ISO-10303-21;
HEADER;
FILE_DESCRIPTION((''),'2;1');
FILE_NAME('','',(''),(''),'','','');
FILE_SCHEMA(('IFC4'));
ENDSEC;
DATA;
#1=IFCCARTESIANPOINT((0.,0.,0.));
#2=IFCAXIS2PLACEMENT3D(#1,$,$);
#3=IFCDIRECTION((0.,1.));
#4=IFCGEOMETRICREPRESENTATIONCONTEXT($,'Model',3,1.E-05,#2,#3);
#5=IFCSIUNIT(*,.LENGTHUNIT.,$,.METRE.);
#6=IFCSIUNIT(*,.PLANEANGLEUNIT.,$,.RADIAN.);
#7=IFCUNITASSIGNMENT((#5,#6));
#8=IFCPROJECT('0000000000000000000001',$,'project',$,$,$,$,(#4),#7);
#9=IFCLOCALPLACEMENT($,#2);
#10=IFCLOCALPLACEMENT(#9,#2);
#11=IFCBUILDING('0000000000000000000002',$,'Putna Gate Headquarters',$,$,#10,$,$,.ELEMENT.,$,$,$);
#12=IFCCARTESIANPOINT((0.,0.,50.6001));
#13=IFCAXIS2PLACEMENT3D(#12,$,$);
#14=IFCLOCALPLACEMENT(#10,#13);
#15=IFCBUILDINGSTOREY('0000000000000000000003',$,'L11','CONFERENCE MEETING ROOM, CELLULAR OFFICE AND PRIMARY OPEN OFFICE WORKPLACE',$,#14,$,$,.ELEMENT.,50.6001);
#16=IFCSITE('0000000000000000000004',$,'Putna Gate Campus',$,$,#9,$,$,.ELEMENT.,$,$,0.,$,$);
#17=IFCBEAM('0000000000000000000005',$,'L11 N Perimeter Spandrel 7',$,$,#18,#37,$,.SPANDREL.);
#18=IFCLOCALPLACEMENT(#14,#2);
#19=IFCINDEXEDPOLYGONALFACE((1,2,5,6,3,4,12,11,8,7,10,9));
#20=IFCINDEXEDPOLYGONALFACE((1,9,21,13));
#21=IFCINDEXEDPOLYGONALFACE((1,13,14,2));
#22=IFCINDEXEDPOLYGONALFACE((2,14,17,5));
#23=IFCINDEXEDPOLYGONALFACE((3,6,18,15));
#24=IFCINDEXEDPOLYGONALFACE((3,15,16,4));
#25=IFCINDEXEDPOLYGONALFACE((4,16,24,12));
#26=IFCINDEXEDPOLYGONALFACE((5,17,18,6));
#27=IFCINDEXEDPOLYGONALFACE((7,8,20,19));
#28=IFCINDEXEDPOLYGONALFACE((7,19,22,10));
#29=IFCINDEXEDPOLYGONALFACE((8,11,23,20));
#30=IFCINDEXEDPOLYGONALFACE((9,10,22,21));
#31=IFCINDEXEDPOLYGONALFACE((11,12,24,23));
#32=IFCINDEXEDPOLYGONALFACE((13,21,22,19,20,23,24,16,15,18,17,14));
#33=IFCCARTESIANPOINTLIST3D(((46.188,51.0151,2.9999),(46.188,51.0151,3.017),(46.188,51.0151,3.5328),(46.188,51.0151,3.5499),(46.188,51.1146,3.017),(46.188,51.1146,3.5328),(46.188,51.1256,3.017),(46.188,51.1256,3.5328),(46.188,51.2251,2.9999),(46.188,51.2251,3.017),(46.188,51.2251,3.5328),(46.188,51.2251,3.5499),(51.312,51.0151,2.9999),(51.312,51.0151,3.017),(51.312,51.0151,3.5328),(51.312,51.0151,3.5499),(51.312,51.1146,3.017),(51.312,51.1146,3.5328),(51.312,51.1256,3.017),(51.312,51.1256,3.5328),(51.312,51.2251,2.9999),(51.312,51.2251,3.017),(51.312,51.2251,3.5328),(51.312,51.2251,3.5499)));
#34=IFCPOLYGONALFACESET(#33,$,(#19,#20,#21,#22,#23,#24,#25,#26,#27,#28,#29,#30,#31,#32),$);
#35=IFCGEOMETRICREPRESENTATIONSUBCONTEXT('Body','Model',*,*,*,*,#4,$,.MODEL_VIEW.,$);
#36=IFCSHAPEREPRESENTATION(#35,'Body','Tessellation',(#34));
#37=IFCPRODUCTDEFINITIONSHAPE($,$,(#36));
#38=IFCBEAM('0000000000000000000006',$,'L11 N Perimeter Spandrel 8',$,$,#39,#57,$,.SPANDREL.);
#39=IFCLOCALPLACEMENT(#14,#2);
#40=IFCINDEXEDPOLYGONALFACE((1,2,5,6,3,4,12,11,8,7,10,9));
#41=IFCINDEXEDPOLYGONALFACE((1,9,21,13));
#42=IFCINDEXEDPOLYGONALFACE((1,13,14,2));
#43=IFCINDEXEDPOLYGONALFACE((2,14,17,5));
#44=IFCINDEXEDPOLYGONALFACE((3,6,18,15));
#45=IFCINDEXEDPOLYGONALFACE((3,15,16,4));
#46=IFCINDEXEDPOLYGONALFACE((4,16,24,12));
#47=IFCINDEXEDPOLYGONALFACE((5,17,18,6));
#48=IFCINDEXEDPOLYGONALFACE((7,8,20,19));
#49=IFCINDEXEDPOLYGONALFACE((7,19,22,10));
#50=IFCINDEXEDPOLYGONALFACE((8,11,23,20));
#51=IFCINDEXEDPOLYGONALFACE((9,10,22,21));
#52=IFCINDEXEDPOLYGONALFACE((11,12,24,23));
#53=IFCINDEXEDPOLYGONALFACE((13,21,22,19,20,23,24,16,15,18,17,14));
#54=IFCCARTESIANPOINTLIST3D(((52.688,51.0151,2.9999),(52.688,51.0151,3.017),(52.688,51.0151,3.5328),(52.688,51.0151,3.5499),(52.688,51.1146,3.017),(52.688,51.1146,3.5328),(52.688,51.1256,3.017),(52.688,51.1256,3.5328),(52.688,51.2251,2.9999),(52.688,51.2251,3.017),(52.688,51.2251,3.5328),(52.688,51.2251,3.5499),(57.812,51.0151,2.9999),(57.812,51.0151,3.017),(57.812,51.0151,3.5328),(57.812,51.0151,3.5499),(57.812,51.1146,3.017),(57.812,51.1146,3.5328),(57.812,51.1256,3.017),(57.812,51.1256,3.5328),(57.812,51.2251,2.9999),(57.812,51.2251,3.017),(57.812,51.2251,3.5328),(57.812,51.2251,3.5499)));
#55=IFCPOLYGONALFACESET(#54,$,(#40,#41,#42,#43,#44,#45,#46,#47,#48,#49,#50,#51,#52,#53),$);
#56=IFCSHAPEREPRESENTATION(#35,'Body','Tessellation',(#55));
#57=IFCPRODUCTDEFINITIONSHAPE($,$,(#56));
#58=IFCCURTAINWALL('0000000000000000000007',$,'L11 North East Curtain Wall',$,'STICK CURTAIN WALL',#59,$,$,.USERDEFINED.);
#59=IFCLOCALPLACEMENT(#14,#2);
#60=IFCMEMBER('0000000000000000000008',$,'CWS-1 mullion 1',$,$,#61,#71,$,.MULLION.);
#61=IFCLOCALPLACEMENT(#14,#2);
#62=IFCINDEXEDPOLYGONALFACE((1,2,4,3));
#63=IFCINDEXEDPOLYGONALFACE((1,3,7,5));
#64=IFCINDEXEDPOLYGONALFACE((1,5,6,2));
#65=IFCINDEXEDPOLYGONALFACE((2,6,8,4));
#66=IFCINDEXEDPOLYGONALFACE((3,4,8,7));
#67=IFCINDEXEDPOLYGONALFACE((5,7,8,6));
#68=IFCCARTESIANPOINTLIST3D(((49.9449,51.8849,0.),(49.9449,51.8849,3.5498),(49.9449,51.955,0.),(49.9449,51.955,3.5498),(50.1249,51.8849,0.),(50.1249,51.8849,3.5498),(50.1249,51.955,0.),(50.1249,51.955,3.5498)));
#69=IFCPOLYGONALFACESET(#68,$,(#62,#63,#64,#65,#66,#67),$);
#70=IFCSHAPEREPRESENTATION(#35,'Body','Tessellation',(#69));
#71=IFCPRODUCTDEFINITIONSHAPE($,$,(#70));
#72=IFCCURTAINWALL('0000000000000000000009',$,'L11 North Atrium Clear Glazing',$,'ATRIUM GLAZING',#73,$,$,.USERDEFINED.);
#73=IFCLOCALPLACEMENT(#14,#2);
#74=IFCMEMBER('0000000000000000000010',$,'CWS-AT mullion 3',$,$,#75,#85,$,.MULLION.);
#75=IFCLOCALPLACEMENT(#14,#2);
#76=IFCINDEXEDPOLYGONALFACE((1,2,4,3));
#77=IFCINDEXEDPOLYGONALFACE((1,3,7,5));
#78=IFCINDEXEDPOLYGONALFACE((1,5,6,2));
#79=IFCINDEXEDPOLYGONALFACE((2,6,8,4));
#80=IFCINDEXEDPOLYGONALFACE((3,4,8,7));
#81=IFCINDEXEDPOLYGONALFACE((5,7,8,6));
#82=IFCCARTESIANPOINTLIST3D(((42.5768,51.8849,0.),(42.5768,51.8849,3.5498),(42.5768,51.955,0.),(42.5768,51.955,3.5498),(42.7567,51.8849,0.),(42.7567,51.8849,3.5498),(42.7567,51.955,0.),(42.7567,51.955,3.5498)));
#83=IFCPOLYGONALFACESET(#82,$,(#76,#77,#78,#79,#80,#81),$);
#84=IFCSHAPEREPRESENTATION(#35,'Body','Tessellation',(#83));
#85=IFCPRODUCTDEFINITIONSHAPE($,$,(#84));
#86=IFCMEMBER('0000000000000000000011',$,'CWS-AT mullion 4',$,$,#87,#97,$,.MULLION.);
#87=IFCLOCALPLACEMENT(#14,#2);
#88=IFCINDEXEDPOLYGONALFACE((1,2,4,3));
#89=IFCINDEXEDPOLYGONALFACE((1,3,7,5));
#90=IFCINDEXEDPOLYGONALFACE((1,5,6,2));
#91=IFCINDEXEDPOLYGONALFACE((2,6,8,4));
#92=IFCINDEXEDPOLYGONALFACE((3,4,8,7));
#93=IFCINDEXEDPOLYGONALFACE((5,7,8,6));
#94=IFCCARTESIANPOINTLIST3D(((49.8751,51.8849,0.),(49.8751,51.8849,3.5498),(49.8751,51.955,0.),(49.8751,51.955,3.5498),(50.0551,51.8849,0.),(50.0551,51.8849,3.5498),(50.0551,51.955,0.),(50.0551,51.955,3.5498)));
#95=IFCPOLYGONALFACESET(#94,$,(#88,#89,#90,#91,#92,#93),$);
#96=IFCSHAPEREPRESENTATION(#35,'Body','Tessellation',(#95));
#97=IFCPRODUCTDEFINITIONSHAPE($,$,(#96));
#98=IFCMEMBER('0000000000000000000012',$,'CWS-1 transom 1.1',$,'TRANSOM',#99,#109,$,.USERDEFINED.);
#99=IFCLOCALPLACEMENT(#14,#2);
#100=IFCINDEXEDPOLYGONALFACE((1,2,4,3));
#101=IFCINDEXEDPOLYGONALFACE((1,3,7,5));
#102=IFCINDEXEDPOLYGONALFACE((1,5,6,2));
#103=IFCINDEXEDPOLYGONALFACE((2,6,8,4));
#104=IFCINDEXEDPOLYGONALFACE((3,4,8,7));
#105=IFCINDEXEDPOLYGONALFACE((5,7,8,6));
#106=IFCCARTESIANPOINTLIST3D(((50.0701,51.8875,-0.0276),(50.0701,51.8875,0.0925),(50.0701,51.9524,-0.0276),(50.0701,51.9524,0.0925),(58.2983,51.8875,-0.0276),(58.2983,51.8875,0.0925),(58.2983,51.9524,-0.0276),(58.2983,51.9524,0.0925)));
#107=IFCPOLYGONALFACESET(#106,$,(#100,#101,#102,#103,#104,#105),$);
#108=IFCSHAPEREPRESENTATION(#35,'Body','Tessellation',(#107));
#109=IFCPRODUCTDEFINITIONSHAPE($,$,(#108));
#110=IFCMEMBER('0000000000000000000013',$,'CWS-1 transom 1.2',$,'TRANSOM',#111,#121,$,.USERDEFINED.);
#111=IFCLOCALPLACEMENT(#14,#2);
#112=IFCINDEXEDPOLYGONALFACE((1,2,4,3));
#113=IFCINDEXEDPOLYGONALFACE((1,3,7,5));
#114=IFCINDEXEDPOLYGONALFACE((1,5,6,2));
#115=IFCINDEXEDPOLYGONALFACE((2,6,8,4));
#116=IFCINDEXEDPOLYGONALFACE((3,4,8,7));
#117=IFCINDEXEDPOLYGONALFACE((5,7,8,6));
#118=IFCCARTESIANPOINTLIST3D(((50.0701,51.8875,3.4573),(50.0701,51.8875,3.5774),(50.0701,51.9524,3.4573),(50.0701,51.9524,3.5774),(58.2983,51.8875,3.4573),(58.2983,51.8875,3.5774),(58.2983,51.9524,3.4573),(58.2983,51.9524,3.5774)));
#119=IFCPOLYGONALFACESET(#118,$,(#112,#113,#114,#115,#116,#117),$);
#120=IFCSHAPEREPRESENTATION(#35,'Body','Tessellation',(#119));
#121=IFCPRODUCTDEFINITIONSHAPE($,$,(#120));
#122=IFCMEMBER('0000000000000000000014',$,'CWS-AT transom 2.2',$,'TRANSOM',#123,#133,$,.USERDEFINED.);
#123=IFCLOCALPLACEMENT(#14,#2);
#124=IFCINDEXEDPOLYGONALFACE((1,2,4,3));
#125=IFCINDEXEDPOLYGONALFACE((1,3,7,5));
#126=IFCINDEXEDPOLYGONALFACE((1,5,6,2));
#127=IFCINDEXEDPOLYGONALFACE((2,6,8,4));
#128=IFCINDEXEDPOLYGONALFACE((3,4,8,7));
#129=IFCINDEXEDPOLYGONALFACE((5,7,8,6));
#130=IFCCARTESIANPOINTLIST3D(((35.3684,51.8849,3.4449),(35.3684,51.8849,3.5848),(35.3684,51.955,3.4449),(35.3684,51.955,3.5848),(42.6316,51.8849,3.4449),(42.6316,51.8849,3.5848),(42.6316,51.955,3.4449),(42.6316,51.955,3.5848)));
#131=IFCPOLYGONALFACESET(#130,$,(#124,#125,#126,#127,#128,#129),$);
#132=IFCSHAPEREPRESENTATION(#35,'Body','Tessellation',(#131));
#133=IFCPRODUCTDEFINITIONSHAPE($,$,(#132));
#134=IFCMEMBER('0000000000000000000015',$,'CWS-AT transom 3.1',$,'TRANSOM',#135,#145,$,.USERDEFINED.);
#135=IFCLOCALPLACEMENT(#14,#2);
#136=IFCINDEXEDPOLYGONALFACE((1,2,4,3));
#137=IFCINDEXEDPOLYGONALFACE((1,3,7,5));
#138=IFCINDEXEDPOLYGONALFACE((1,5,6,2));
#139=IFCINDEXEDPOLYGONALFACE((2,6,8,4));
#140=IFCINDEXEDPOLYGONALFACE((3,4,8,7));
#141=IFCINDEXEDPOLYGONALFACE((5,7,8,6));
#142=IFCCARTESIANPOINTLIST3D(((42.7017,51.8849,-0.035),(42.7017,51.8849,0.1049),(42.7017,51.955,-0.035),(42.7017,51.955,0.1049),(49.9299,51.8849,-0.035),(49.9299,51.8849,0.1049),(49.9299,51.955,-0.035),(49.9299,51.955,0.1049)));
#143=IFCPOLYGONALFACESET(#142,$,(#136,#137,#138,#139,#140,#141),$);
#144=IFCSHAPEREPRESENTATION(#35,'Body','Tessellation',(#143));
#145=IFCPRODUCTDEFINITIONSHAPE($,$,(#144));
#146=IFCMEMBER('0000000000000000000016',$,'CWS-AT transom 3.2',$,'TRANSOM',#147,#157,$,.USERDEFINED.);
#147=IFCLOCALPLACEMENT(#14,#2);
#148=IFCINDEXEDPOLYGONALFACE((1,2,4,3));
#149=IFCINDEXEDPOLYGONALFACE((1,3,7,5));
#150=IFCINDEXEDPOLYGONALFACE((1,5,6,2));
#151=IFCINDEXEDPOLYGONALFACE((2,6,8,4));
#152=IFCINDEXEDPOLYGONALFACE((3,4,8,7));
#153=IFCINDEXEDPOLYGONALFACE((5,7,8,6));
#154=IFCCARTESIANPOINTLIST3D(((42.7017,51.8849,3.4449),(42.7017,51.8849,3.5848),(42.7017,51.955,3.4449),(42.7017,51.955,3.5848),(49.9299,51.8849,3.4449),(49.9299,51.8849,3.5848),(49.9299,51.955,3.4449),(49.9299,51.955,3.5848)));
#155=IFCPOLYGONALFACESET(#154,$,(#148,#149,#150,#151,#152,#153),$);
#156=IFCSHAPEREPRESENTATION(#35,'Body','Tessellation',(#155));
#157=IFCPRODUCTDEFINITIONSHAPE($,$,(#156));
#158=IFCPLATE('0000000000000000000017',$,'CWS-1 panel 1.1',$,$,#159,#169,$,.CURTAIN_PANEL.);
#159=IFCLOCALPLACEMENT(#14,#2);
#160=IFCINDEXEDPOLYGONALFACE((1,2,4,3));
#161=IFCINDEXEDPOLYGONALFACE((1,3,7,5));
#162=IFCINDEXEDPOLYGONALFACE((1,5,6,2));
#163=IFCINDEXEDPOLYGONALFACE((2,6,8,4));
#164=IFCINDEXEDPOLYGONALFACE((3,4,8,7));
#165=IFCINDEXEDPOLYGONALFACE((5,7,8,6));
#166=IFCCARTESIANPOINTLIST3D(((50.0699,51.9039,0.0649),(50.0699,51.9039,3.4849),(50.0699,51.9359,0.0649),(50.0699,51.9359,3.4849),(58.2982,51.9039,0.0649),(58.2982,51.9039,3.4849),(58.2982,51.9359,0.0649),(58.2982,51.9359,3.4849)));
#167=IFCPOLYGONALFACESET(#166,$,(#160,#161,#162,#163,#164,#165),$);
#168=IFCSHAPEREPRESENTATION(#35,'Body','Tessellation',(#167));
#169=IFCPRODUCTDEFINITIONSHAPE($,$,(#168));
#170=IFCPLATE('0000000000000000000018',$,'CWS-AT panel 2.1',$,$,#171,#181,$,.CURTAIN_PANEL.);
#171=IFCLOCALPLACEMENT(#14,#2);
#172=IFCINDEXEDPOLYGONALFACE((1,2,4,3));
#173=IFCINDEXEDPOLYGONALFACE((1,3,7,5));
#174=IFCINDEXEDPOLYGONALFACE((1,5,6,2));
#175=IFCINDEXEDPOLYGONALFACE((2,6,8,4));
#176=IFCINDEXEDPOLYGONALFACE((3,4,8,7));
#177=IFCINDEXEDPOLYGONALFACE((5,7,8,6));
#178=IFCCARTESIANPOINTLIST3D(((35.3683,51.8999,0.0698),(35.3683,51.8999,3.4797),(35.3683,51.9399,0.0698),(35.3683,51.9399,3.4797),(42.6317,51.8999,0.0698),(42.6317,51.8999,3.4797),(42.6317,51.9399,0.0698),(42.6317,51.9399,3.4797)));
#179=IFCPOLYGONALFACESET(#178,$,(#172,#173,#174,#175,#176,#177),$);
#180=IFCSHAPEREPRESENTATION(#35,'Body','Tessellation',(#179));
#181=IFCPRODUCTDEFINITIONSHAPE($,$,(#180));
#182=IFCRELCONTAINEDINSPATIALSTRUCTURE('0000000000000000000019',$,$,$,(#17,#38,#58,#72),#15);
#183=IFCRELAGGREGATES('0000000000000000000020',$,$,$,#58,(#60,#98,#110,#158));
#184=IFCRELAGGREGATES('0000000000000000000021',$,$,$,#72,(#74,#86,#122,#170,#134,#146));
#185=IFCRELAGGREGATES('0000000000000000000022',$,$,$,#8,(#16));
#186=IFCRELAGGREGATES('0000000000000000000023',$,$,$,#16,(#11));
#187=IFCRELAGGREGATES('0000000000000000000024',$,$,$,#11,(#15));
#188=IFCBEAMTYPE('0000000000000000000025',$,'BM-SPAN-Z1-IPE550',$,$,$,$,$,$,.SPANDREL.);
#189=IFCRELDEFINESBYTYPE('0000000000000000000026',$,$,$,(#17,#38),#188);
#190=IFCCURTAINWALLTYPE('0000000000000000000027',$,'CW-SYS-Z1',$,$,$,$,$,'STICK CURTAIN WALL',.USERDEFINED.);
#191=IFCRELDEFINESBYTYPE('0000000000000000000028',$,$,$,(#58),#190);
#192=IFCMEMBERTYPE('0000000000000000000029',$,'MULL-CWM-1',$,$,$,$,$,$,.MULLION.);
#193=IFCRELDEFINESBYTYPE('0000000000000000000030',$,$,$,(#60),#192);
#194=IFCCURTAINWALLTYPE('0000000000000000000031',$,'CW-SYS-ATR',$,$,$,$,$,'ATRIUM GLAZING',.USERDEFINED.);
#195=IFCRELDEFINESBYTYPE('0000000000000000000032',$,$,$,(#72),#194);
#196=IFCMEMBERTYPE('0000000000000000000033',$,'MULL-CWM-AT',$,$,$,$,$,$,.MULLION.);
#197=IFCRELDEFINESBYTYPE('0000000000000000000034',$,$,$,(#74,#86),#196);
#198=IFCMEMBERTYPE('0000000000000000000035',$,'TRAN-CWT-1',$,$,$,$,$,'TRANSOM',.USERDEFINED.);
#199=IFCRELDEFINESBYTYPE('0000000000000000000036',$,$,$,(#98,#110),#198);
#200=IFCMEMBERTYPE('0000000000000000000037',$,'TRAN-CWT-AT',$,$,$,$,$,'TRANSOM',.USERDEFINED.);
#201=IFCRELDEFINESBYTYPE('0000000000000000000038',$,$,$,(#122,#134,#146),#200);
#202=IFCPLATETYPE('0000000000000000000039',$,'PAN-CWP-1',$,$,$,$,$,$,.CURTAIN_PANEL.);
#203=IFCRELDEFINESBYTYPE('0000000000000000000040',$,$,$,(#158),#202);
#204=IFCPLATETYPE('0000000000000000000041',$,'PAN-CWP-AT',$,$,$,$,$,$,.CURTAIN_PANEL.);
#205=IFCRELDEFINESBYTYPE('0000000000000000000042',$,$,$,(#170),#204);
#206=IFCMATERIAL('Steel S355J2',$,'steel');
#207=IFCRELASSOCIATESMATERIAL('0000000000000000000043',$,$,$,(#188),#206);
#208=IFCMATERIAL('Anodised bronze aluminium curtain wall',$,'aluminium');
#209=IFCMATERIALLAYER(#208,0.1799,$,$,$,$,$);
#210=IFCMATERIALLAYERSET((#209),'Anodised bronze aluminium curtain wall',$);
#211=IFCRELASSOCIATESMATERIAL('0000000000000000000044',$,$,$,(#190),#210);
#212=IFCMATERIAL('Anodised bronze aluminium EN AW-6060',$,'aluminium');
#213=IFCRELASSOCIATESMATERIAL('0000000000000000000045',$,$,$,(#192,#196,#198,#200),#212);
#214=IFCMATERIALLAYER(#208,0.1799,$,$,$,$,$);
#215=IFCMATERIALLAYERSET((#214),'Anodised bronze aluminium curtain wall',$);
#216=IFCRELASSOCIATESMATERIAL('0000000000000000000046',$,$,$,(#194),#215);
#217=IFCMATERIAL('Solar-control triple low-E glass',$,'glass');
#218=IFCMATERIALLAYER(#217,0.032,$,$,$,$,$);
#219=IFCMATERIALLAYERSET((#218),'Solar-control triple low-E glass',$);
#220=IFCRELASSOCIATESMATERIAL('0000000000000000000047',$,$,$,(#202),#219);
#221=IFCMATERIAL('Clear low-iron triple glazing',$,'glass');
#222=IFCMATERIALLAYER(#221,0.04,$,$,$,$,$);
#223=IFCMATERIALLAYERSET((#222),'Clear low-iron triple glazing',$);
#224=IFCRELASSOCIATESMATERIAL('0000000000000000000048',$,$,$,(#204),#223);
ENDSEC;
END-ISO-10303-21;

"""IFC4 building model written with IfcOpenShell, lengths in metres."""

from ifc_helpers import new_model, si_unit, direction, frame, origin, origin_2d, place, context, subcontext, project, spatial, rectangle, i_section, extrude, material, layer, layer_set, material_profile, profile_set, type_object, element, aggregate, save


model = new_model("IFC4")

# Units and contexts
model_context = context("Model", 3, precision=1e-05, world=origin(), true_north=direction((0.0, 1.0)))
body_context = subcontext(model_context, "Body", "Model", "MODEL_VIEW")
ifc_project = project(units=[si_unit("LENGTHUNIT", "METRE"), si_unit("PLANEANGLEUNIT", "RADIAN")], contexts=[model_context])

# Site, building, storey
site_placement = place(None, origin())
site = spatial("IfcSite", under=ifc_project, at=site_placement, Name="Putna Gate Campus", CompositionType="ELEMENT", RefElevation=0.0)
building_placement = place(site_placement, origin())
building = spatial("IfcBuilding", under=site, at=building_placement, Name="Putna Gate Headquarters", CompositionType="ELEMENT")
storey_placement = place(building_placement, frame((0.0, 0.0, 50.6001)))
storey = spatial("IfcBuildingStorey", under=building, at=storey_placement, Name="L11", Description="CONFERENCE MEETING ROOM, CELLULAR OFFICE AND PRIMARY OPEN OFFICE WORKPLACE", CompositionType="ELEMENT", Elevation=50.6001)

# Beams
ifc_material_1 = material(Name="Steel S355J2", Category="steel")
ifc_material_profile_1 = material_profile(ifc_material_1, i_section(OverallWidth=0.21, OverallDepth=0.55, WebThickness=0.011, FlangeThickness=0.0171, at=origin_2d()), Name="Steel S355J2")
ifc_profile_set_1 = profile_set([ifc_material_profile_1], Name="Steel S355J2")
beam_type_1 = type_object("IfcBeamType", Name="BM-SPAN-Z1-IPE550", PredefinedType="SPANDREL", material=ifc_profile_set_1)
for number, where, z_axis, x_axis, name in (
    (1, (46.188, 51.1201, 3.2749), (1.0, 0.0, 0.0), (0.0, 1.0, 0.0), "L11 N Perimeter Spandrel 7"),
    (2, (52.688, 51.1201, 3.2749), (1.0, 0.0, 0.0), (0.0, 1.0, 0.0), "L11 N Perimeter Spandrel 8"),
):
    element("IfcBeam", number, at=place(storey_placement, frame(where, z_axis=z_axis, x_axis=x_axis)), inside=storey, type_object=beam_type_1, Name=name, PredefinedType="SPANDREL", context=body_context, shape_type="SweptSolid", body=[
        extrude(i_section(OverallWidth=0.21, OverallDepth=0.55, WebThickness=0.011, FlangeThickness=0.0171, at=origin_2d()), origin(), (0.0, 0.0, 1.0), 5.124),
    ])

# Curtain wall, member
ifc_material_2 = material(Name="Anodised bronze aluminium curtain wall", Category="aluminium")
ifc_layer_1 = layer(ifc_material_2, 0.1799)
ifc_layer_set_1 = layer_set([ifc_layer_1], Name="Anodised bronze aluminium curtain wall")
curtain_wall_type_1 = type_object("IfcCurtainWallType", Name="CW-SYS-Z1", ElementType="STICK CURTAIN WALL", PredefinedType="USERDEFINED", material=ifc_layer_set_1)
curtain_wall_1_placement = place(storey_placement, origin())
curtain_wall_1 = element("IfcCurtainWall", 3, at=curtain_wall_1_placement, inside=storey, type_object=curtain_wall_type_1, Name="L11 North East Curtain Wall", ObjectType="STICK CURTAIN WALL", PredefinedType="USERDEFINED")
ifc_material_3 = material(Name="Anodised bronze aluminium EN AW-6060", Category="aluminium")
ifc_material_profile_2 = material_profile(ifc_material_3, rectangle(XDim=0.0701, YDim=0.1799, at=origin_2d()), Name="Anodised bronze aluminium EN AW-6060")
ifc_profile_set_2 = profile_set([ifc_material_profile_2], Name="Anodised bronze aluminium EN AW-6060")
member_type_1 = type_object("IfcMemberType", Name="MULL-CWM-1", PredefinedType="MULLION", material=ifc_profile_set_2)
member_1_placement = place(storey_placement, frame((50.0349, 51.9199, 0.0), z_axis=(0.0, 0.0, 1.0), x_axis=(0.0, 1.0, 0.0)))
member_1 = element("IfcMember", 4, at=member_1_placement, type_object=member_type_1, Name="CWS-1 mullion 1", PredefinedType="MULLION", context=body_context, shape_type="SweptSolid", body=[
    extrude(rectangle(XDim=0.0701, YDim=0.1799, at=origin_2d()), origin(), (0.0, 0.0, 1.0), 3.5498),
])

# Curtain wall, members
ifc_layer_2 = layer(ifc_material_2, 0.1799)
ifc_layer_set_2 = layer_set([ifc_layer_2], Name="Anodised bronze aluminium curtain wall")
curtain_wall_type_2 = type_object("IfcCurtainWallType", Name="CW-SYS-ATR", ElementType="ATRIUM GLAZING", PredefinedType="USERDEFINED", material=ifc_layer_set_2)
curtain_wall_2_placement = place(storey_placement, origin())
curtain_wall_2 = element("IfcCurtainWall", 5, at=curtain_wall_2_placement, inside=storey, type_object=curtain_wall_type_2, Name="L11 North Atrium Clear Glazing", ObjectType="ATRIUM GLAZING", PredefinedType="USERDEFINED")
ifc_material_profile_3 = material_profile(ifc_material_3, rectangle(XDim=0.0701, YDim=0.1799, at=origin_2d()), Name="Anodised bronze aluminium EN AW-6060")
ifc_profile_set_3 = profile_set([ifc_material_profile_3], Name="Anodised bronze aluminium EN AW-6060")
member_type_2 = type_object("IfcMemberType", Name="MULL-CWM-AT", PredefinedType="MULLION", material=ifc_profile_set_3)
member_2_placement = place(storey_placement, frame((42.6667, 51.9199, 0.0), z_axis=(0.0, 0.0, 1.0), x_axis=(0.0, 1.0, 0.0)))
member_2 = element("IfcMember", 6, at=member_2_placement, type_object=member_type_2, Name="CWS-AT mullion 3", PredefinedType="MULLION", context=body_context, shape_type="SweptSolid", body=[
    extrude(rectangle(XDim=0.0701, YDim=0.1799, at=origin_2d()), origin(), (0.0, 0.0, 1.0), 3.5498),
])
member_3_placement = place(storey_placement, frame((49.9651, 51.9199, 0.0), z_axis=(0.0, 0.0, 1.0), x_axis=(0.0, 1.0, 0.0)))
member_3 = element("IfcMember", 7, at=member_3_placement, type_object=member_type_2, Name="CWS-AT mullion 4", PredefinedType="MULLION", context=body_context, shape_type="SweptSolid", body=[
    extrude(rectangle(XDim=0.0701, YDim=0.1799, at=origin_2d()), origin(), (0.0, 0.0, 1.0), 3.5498),
])

# Members
ifc_material_profile_4 = material_profile(ifc_material_3, rectangle(XDim=0.0649, YDim=0.1201, at=origin_2d()), Name="Anodised bronze aluminium EN AW-6060")
ifc_profile_set_4 = profile_set([ifc_material_profile_4], Name="Anodised bronze aluminium EN AW-6060")
member_type_3 = type_object("IfcMemberType", Name="TRAN-CWT-1", ElementType="TRANSOM", PredefinedType="USERDEFINED", material=ifc_profile_set_4)
member_4_placement = place(storey_placement, frame((50.0701, 51.9199, 0.0325), z_axis=(1.0, 0.0, 0.0), x_axis=(0.0, 1.0, 0.0)))
member_4 = element("IfcMember", 8, at=member_4_placement, type_object=member_type_3, Name="CWS-1 transom 1.1", ObjectType="TRANSOM", PredefinedType="USERDEFINED", context=body_context, shape_type="SweptSolid", body=[
    extrude(rectangle(XDim=0.0649, YDim=0.1201, at=origin_2d()), origin(), (0.0, 0.0, 1.0), 8.2283),
])
member_5_placement = place(storey_placement, frame((50.0701, 51.9199, 3.5173), z_axis=(1.0, 0.0, 0.0), x_axis=(0.0, 1.0, 0.0)))
member_5 = element("IfcMember", 9, at=member_5_placement, type_object=member_type_3, Name="CWS-1 transom 1.2", ObjectType="TRANSOM", PredefinedType="USERDEFINED", context=body_context, shape_type="SweptSolid", body=[
    extrude(rectangle(XDim=0.0649, YDim=0.1201, at=origin_2d()), origin(), (0.0, 0.0, 1.0), 8.2283),
])
ifc_material_profile_5 = material_profile(ifc_material_3, rectangle(XDim=0.0701, YDim=0.1399, at=origin_2d()), Name="Anodised bronze aluminium EN AW-6060")
ifc_profile_set_5 = profile_set([ifc_material_profile_5], Name="Anodised bronze aluminium EN AW-6060")
member_type_4 = type_object("IfcMemberType", Name="TRAN-CWT-AT", ElementType="TRANSOM", PredefinedType="USERDEFINED", material=ifc_profile_set_5)
member_6_placement = place(storey_placement, frame((35.3684, 51.9199, 3.5149), z_axis=(1.0, 0.0, 0.0), x_axis=(0.0, 1.0, 0.0)))
member_6 = element("IfcMember", 10, at=member_6_placement, type_object=member_type_4, Name="CWS-AT transom 2.2", ObjectType="TRANSOM", PredefinedType="USERDEFINED", context=body_context, shape_type="SweptSolid", body=[
    extrude(rectangle(XDim=0.0701, YDim=0.1399, at=origin_2d()), origin(), (0.0, 0.0, 1.0), 7.2632),
])
member_7_placement = place(storey_placement, frame((42.7017, 51.9199, 0.0349), z_axis=(1.0, 0.0, 0.0), x_axis=(0.0, 1.0, 0.0)))
member_7 = element("IfcMember", 11, at=member_7_placement, type_object=member_type_4, Name="CWS-AT transom 3.1", ObjectType="TRANSOM", PredefinedType="USERDEFINED", context=body_context, shape_type="SweptSolid", body=[
    extrude(rectangle(XDim=0.0701, YDim=0.1399, at=origin_2d()), origin(), (0.0, 0.0, 1.0), 7.2283),
])
member_8_placement = place(storey_placement, frame((42.7017, 51.9199, 3.5149), z_axis=(1.0, 0.0, 0.0), x_axis=(0.0, 1.0, 0.0)))
member_8 = element("IfcMember", 12, at=member_8_placement, type_object=member_type_4, Name="CWS-AT transom 3.2", ObjectType="TRANSOM", PredefinedType="USERDEFINED", context=body_context, shape_type="SweptSolid", body=[
    extrude(rectangle(XDim=0.0701, YDim=0.1399, at=origin_2d()), origin(), (0.0, 0.0, 1.0), 7.2283),
])

# Plates
ifc_material_4 = material(Name="Solar-control triple low-E glass", Category="glass")
ifc_layer_3 = layer(ifc_material_4, 0.032)
ifc_layer_set_3 = layer_set([ifc_layer_3], Name="Solar-control triple low-E glass")
plate_type_1 = type_object("IfcPlateType", Name="PAN-CWP-1", PredefinedType="CURTAIN_PANEL", material=ifc_layer_set_3)
plate_1_placement = place(storey_placement, frame((54.1841, 51.9199, 0.0649), z_axis=(0.0, 0.0, 1.0), x_axis=(1.0, 0.0, 0.0)))
plate_1 = element("IfcPlate", 13, at=plate_1_placement, type_object=plate_type_1, Name="CWS-1 panel 1.1", PredefinedType="CURTAIN_PANEL", context=body_context, shape_type="SweptSolid", body=[
    extrude(rectangle(XDim=8.2283, YDim=0.032, at=origin_2d()), origin(), (0.0, 0.0, 1.0), 3.4199),
])
aggregate(curtain_wall_1, [member_1, member_4, member_5, plate_1])
ifc_material_5 = material(Name="Clear low-iron triple glazing", Category="glass")
ifc_layer_4 = layer(ifc_material_5, 0.04)
ifc_layer_set_4 = layer_set([ifc_layer_4], Name="Clear low-iron triple glazing")
plate_type_2 = type_object("IfcPlateType", Name="PAN-CWP-AT", PredefinedType="CURTAIN_PANEL", material=ifc_layer_set_4)
plate_2_placement = place(storey_placement, frame((39.0, 51.9199, 0.0698), z_axis=(0.0, 0.0, 1.0), x_axis=(1.0, 0.0, 0.0)))
plate_2 = element("IfcPlate", 14, at=plate_2_placement, type_object=plate_type_2, Name="CWS-AT panel 2.1", PredefinedType="CURTAIN_PANEL", context=body_context, shape_type="SweptSolid", body=[
    extrude(rectangle(XDim=7.2634, YDim=0.04, at=origin_2d()), origin(), (0.0, 0.0, 1.0), 3.4099),
])
aggregate(curtain_wall_2, [member_2, member_3, member_6, plate_2, member_7, member_8])

save(model, "model.ifc")
